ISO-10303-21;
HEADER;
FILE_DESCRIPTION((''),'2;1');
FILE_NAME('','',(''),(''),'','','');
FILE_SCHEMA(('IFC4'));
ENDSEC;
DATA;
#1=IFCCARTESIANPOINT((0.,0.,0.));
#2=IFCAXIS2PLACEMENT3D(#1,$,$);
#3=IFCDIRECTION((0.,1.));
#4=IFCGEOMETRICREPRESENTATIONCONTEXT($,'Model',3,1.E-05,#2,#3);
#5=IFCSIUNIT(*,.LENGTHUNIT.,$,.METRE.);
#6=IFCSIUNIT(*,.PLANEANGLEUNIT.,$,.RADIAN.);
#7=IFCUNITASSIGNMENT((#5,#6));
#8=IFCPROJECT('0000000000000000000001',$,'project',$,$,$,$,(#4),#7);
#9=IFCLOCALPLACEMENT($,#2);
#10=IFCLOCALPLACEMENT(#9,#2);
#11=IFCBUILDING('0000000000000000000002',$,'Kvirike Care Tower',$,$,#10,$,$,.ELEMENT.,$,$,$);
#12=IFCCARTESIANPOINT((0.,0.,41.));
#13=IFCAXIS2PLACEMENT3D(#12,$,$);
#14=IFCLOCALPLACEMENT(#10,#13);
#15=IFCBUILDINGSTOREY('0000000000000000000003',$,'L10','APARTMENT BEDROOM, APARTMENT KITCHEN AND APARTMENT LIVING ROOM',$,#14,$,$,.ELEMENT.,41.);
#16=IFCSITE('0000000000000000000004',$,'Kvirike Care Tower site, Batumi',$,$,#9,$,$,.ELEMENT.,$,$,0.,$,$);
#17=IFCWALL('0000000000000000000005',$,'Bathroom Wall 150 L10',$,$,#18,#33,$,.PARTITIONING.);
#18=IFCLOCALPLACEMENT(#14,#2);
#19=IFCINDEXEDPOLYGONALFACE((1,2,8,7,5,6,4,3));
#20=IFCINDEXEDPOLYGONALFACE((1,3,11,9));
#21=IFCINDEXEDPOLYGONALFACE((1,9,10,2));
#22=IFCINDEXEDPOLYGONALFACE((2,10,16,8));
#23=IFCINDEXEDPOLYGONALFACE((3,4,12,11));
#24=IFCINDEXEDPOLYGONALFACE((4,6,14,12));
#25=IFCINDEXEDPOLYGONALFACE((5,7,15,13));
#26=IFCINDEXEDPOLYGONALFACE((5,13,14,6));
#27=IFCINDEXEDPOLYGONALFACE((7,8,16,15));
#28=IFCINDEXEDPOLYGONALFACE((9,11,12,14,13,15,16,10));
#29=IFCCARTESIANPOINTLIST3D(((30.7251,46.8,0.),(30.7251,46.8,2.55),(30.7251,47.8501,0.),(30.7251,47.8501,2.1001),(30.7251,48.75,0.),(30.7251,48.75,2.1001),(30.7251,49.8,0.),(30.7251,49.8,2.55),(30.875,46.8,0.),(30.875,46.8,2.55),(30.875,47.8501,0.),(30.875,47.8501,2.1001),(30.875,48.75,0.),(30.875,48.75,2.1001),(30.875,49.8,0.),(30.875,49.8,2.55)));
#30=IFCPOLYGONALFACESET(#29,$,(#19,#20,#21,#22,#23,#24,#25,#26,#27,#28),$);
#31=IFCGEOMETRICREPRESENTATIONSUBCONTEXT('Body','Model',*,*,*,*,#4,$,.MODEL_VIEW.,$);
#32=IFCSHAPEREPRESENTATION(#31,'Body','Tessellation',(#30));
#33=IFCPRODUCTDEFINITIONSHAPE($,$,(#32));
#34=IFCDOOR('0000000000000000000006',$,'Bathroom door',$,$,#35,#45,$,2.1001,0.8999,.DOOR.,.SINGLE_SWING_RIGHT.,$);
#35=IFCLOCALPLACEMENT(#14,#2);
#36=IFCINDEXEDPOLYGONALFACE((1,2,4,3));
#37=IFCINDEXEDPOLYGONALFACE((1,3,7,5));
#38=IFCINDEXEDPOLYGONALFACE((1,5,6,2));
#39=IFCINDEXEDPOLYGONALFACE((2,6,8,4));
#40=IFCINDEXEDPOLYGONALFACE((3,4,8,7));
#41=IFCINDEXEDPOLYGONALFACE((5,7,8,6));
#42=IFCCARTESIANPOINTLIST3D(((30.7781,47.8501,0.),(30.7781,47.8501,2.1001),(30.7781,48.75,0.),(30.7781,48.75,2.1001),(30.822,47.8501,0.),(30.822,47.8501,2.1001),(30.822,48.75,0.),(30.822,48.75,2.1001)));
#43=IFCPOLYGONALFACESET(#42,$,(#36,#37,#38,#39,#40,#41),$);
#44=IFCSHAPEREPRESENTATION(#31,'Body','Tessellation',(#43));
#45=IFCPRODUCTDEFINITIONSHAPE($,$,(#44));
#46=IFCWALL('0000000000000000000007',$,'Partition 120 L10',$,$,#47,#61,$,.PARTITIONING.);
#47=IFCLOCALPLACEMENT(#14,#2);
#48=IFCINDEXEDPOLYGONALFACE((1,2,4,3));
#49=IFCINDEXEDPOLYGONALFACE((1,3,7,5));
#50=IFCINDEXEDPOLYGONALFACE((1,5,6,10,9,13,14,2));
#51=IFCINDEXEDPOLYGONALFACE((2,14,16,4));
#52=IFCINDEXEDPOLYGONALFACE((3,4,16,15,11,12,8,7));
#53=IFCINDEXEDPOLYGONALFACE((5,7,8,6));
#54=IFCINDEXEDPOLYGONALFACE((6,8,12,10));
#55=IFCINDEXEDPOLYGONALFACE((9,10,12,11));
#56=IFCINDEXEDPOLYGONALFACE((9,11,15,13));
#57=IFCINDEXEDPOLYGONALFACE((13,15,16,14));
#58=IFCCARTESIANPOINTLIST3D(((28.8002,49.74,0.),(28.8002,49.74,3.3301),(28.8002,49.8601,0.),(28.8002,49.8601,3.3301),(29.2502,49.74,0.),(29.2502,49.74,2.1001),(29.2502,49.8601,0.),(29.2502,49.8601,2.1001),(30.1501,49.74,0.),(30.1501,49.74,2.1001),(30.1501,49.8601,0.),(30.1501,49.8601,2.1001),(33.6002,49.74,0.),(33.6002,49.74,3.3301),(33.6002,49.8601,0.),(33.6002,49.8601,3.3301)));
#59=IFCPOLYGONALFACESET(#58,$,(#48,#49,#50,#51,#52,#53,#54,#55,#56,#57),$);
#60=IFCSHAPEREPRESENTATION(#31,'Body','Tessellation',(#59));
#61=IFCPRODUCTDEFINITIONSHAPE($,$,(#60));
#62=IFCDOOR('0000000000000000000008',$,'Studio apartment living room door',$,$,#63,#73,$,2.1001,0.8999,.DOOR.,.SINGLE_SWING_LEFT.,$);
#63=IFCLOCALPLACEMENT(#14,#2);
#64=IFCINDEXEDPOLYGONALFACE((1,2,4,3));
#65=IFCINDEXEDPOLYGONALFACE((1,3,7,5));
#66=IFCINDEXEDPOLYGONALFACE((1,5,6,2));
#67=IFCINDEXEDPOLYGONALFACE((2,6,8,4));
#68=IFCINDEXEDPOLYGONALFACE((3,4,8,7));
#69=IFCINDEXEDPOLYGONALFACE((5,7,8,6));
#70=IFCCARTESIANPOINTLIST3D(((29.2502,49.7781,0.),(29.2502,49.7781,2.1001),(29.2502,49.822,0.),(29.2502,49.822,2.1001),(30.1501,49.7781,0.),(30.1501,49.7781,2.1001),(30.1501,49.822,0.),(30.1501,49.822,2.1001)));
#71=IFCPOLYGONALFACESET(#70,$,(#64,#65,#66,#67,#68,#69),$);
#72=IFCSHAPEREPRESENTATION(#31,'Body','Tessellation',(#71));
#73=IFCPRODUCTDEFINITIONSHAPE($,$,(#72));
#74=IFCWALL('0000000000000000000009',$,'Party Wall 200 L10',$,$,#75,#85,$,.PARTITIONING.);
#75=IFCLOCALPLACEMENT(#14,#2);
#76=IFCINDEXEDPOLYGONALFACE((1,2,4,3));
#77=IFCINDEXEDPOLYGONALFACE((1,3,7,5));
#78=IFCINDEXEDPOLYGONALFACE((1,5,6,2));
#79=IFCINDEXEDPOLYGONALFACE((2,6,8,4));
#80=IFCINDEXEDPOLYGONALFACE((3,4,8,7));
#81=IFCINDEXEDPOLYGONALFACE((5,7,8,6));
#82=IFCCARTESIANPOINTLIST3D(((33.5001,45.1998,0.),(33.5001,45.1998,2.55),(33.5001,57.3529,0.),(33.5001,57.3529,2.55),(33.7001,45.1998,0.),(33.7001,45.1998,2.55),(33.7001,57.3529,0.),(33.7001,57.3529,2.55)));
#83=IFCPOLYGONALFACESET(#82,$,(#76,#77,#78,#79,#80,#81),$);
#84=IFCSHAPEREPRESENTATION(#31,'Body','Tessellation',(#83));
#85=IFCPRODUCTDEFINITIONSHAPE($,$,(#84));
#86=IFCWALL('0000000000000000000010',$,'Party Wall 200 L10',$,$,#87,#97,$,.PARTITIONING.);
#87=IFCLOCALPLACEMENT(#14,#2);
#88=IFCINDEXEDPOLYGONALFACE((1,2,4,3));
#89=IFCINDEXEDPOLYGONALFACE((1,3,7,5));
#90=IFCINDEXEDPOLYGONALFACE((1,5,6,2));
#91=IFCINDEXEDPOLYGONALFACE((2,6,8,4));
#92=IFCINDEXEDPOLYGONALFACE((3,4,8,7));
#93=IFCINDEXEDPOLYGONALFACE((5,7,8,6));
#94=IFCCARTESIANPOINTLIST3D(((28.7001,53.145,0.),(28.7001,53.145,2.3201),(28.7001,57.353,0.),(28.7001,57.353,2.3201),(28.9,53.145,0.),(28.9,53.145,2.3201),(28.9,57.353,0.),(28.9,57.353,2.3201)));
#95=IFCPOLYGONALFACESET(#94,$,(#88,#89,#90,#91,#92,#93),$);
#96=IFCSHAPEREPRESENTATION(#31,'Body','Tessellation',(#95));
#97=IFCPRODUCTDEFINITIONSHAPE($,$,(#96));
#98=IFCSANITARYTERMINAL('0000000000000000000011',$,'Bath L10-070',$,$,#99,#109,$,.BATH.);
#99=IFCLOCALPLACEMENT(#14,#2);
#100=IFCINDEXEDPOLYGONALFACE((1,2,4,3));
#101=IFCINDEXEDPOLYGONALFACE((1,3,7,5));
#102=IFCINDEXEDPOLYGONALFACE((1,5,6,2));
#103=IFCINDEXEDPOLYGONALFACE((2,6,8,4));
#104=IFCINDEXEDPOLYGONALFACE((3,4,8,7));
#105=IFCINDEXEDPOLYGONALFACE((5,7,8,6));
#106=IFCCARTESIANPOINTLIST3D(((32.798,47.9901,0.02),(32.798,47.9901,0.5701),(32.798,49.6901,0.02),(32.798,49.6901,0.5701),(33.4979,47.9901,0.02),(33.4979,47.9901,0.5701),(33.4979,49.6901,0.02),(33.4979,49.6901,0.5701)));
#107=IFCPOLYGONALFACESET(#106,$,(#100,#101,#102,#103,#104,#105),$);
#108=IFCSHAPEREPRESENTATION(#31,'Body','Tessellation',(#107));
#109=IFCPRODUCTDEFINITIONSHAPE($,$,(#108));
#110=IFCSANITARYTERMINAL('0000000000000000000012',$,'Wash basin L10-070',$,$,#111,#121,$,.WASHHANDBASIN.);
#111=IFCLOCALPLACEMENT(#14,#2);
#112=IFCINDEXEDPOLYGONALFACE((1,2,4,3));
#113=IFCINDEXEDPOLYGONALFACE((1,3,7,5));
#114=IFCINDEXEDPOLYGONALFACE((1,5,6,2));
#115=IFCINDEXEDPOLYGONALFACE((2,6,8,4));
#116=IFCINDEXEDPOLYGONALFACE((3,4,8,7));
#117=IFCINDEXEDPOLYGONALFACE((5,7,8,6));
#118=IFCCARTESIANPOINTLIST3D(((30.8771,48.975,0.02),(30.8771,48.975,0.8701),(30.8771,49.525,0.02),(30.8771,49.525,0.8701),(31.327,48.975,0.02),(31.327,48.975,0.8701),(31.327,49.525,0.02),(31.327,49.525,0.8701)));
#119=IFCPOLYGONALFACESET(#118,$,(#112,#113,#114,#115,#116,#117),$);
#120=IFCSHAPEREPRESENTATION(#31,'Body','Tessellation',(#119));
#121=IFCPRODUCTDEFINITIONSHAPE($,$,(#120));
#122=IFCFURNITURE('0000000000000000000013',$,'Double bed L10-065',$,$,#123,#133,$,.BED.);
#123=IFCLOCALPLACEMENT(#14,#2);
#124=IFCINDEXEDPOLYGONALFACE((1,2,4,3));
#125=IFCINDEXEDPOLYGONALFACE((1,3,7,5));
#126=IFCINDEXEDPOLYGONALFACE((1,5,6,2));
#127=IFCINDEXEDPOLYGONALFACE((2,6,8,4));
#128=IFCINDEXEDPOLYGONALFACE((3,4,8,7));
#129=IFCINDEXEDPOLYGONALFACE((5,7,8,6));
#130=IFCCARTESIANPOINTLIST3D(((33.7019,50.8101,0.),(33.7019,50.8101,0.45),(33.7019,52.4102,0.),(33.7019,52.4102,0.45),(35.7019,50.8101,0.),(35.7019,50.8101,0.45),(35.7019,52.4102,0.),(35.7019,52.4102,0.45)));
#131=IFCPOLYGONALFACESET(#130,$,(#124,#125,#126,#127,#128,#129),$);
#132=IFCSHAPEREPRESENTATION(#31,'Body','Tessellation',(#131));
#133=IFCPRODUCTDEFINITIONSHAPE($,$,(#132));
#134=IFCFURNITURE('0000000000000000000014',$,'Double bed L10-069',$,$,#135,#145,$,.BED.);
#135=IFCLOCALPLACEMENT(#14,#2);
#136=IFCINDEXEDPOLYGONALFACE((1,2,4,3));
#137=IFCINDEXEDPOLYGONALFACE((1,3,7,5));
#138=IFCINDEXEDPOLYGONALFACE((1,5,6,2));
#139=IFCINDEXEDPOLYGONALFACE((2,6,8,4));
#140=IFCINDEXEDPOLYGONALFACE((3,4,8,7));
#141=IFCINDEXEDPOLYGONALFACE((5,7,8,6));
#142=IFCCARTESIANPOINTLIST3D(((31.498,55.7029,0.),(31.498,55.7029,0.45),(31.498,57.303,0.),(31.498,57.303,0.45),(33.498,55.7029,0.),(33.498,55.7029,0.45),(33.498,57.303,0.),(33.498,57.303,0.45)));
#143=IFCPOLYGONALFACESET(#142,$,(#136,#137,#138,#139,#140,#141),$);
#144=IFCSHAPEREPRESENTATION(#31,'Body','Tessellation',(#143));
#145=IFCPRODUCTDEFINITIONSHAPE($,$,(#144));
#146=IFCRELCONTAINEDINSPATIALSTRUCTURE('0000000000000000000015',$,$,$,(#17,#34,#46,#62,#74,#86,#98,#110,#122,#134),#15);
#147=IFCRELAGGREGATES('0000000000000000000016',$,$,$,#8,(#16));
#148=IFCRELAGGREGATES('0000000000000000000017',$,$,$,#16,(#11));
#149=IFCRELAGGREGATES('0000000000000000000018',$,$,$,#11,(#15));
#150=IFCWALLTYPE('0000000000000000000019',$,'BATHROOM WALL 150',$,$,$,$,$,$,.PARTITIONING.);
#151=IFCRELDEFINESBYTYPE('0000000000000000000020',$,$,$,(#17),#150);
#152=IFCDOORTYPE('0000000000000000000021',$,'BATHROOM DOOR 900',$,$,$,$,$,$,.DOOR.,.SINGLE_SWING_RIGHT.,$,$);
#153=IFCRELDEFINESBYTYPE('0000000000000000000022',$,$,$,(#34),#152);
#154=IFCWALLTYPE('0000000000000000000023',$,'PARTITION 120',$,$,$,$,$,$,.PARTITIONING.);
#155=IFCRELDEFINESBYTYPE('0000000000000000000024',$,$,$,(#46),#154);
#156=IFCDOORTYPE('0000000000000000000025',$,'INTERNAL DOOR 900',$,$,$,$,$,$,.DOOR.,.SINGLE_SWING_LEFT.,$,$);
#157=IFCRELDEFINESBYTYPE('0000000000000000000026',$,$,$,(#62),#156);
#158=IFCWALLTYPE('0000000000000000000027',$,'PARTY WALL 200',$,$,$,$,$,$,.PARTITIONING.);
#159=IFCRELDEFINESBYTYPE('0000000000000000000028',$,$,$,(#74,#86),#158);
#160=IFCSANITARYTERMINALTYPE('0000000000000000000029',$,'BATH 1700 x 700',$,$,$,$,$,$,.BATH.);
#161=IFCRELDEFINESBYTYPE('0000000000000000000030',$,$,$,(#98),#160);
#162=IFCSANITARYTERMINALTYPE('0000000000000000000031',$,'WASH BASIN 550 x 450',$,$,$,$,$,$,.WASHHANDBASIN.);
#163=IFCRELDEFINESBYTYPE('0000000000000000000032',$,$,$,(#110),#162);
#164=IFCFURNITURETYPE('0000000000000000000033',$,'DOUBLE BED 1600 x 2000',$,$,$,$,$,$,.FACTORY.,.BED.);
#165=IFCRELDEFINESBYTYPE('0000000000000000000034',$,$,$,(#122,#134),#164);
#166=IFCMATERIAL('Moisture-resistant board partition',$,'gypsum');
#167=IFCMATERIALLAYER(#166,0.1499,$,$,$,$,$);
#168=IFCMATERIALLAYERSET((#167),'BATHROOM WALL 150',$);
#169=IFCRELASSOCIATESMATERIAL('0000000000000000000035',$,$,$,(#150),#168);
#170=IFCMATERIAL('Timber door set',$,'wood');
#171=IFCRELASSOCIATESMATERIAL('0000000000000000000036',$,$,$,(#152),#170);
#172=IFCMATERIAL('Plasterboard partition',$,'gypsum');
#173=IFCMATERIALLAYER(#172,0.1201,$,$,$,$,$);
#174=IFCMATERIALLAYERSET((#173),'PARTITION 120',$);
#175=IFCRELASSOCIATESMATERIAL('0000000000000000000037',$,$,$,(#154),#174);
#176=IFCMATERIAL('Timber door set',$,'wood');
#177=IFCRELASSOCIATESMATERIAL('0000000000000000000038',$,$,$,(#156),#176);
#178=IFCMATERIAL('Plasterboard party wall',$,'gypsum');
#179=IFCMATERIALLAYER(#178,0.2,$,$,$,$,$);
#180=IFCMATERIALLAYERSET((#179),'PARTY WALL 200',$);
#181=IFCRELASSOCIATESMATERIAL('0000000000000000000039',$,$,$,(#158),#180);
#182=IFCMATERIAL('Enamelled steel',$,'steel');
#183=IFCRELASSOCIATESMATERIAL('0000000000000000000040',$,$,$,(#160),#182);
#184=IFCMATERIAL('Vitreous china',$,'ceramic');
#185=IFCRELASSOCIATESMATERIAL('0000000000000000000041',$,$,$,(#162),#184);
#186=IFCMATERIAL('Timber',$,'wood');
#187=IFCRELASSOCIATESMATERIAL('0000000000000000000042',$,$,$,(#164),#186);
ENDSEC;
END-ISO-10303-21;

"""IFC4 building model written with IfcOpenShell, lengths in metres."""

from ifc_helpers import new_model, si_unit, direction, frame, frame_2d, origin, origin_2d, place, context, subcontext, project, spatial, rectangle, extrude, material, layer, layer_set, type_object, element, fill, save


model = new_model("IFC4")

# Units and contexts
model_context = context("Model", 3, precision=1e-05, world=origin(), true_north=direction((0.0, 1.0)))
body_context = subcontext(model_context, "Body", "Model", "MODEL_VIEW")
ifc_project = project(units=[si_unit("LENGTHUNIT", "METRE"), si_unit("PLANEANGLEUNIT", "RADIAN")], contexts=[model_context])

# Site, building, storey
site_placement = place(None, origin())
site = spatial("IfcSite", under=ifc_project, at=site_placement, Name="Kvirike Care Tower site, Batumi", CompositionType="ELEMENT", RefElevation=0.0)
building_placement = place(site_placement, origin())
building = spatial("IfcBuilding", under=site, at=building_placement, Name="Kvirike Care Tower", CompositionType="ELEMENT")
storey_placement = place(building_placement, frame((0.0, 0.0, 41.0)))
storey = spatial("IfcBuildingStorey", under=building, at=storey_placement, Name="L10", Description="APARTMENT BEDROOM, APARTMENT KITCHEN AND APARTMENT LIVING ROOM", CompositionType="ELEMENT", Elevation=41.0)

# Walls, openings, doors
ifc_material_1 = material(Name="Moisture-resistant board partition", Category="gypsum")
ifc_layer_1 = layer(ifc_material_1, 0.1499)
ifc_layer_set_1 = layer_set([ifc_layer_1], Name="BATHROOM WALL 150")
wall_type_1 = type_object("IfcWallType", Name="BATHROOM WALL 150", PredefinedType="PARTITIONING", material=ifc_layer_set_1)
wall_1_placement = place(storey_placement, frame((30.8, 49.8, 0.0), z_axis=(0.0, 0.0, 1.0), x_axis=(0.0, -1.0, 0.0)))
wall_1 = element("IfcWall", 1, at=wall_1_placement, inside=storey, type_object=wall_type_1, Name="Bathroom Wall 150 L10", PredefinedType="PARTITIONING", context=body_context, shape_type="SweptSolid", body=[
    extrude(rectangle(XDim=3.0, YDim=0.1499, at=frame_2d((1.5, 0.0))), origin(), (0.0, 0.0, 1.0), 2.55),
])
opening_1_placement = place(wall_1_placement, frame((1.05, 0.0, 0.0)))
opening_1 = element("IfcOpeningElement", 2, at=opening_1_placement, cuts=wall_1, PredefinedType="OPENING", context=body_context, shape_type="SweptSolid", body=[
    extrude(rectangle(XDim=0.8999, YDim=2.1001, at=frame_2d((0.45, 1.05))), frame((0.0, 0.0854, 0.0), z_axis=(0.0, -1.0, 0.0), x_axis=(1.0, 0.0, 0.0)), (0.0, 0.0, 1.0), 0.1709),
])
ifc_material_2 = material(Name="Timber door set", Category="wood")
door_type_1 = type_object("IfcDoorType", Name="BATHROOM DOOR 900", OperationType="SINGLE_SWING_RIGHT", PredefinedType="DOOR", material=ifc_material_2)
door_1_placement = place(opening_1_placement, origin())
door_1 = element("IfcDoor", 3, at=door_1_placement, inside=storey, type_object=door_type_1, Name="Bathroom door", OperationType="SINGLE_SWING_RIGHT", OverallHeight=2.1001, OverallWidth=0.8999, PredefinedType="DOOR", context=body_context, shape_type="SweptSolid", body=[
    extrude(rectangle(XDim=0.8999, YDim=2.1001, at=frame_2d((0.45, 1.05))), frame((0.0, 0.022, 0.0), z_axis=(0.0, -1.0, 0.0), x_axis=(1.0, 0.0, 0.0)), (0.0, 0.0, 1.0), 0.0439),
])
fill(opening_1, door_1)
ifc_material_3 = material(Name="Plasterboard partition", Category="gypsum")
ifc_layer_2 = layer(ifc_material_3, 0.1201)
ifc_layer_set_2 = layer_set([ifc_layer_2], Name="PARTITION 120")
wall_type_2 = type_object("IfcWallType", Name="PARTITION 120", PredefinedType="PARTITIONING", material=ifc_layer_set_2)
wall_2_placement = place(storey_placement, frame((33.6001, 49.8, 0.0), z_axis=(0.0, 0.0, 1.0), x_axis=(-1.0, 0.0, 0.0)))
wall_2 = element("IfcWall", 4, at=wall_2_placement, inside=storey, type_object=wall_type_2, Name="Partition 120 L10", PredefinedType="PARTITIONING", context=body_context, shape_type="SweptSolid", body=[
    extrude(rectangle(XDim=4.8, YDim=0.1201, at=frame_2d((2.3999, 0.0))), origin(), (0.0, 0.0, 1.0), 3.3301),
])
opening_2_placement = place(wall_2_placement, frame((3.45, 0.0, 0.0)))
opening_2 = element("IfcOpeningElement", 5, at=opening_2_placement, cuts=wall_2, PredefinedType="OPENING", context=body_context, shape_type="SweptSolid", body=[
    extrude(rectangle(XDim=0.8999, YDim=2.1001, at=frame_2d((0.45, 1.05))), frame((0.0, 0.0706, 0.0), z_axis=(0.0, -1.0, 0.0), x_axis=(1.0, 0.0, 0.0)), (0.0, 0.0, 1.0), 0.1411),
])
ifc_material_4 = material(Name="Timber door set", Category="wood")
door_type_2 = type_object("IfcDoorType", Name="INTERNAL DOOR 900", OperationType="SINGLE_SWING_LEFT", PredefinedType="DOOR", material=ifc_material_4)
door_2_placement = place(opening_2_placement, origin())
door_2 = element("IfcDoor", 6, at=door_2_placement, inside=storey, type_object=door_type_2, Name="Studio apartment living room door", OperationType="SINGLE_SWING_LEFT", OverallHeight=2.1001, OverallWidth=0.8999, PredefinedType="DOOR", context=body_context, shape_type="SweptSolid", body=[
    extrude(rectangle(XDim=0.8999, YDim=2.1001, at=frame_2d((0.45, 1.05))), frame((0.0, 0.022, 0.0), z_axis=(0.0, -1.0, 0.0), x_axis=(1.0, 0.0, 0.0)), (0.0, 0.0, 1.0), 0.0439),
])
fill(opening_2, door_2)

# Walls
ifc_material_5 = material(Name="Plasterboard party wall", Category="gypsum")
ifc_layer_3 = layer(ifc_material_5, 0.2)
ifc_layer_set_3 = layer_set([ifc_layer_3], Name="PARTY WALL 200")
wall_type_3 = type_object("IfcWallType", Name="PARTY WALL 200", PredefinedType="PARTITIONING", material=ifc_layer_set_3)
wall_3_placement = place(storey_placement, frame((33.6001, 57.353, 0.0), z_axis=(0.0, 0.0, 1.0), x_axis=(0.0, -1.0, 0.0)))
element("IfcWall", 7, at=wall_3_placement, inside=storey, type_object=wall_type_3, Name="Party Wall 200 L10", PredefinedType="PARTITIONING", context=body_context, shape_type="SweptSolid", body=[
    extrude(rectangle(XDim=12.1531, YDim=0.2, at=frame_2d((6.0767, 0.0))), origin(), (0.0, 0.0, 1.0), 2.55),
])
wall_4_placement = place(storey_placement, frame((28.8, 53.145, 0.0), z_axis=(0.0, 0.0, 1.0), x_axis=(0.0, 1.0, 0.0)))
element("IfcWall", 8, at=wall_4_placement, inside=storey, type_object=wall_type_3, Name="Party Wall 200 L10", PredefinedType="PARTITIONING", context=body_context, shape_type="SweptSolid", body=[
    extrude(rectangle(XDim=4.208, YDim=0.2, at=frame_2d((2.104, 0.0))), origin(), (0.0, 0.0, 1.0), 2.3201),
])

# Sanitary terminals
ifc_material_6 = material(Name="Enamelled steel", Category="steel")
sanitary_terminal_type_1 = type_object("IfcSanitaryTerminalType", Name="BATH 1700 x 700", PredefinedType="BATH", material=ifc_material_6)
sanitary_terminal_1_placement = place(storey_placement, frame((33.1479, 48.8401, 0.02), z_axis=(0.0, 0.0, 1.0), x_axis=(0.0, -1.0, 0.0)))
element("IfcSanitaryTerminal", 9, at=sanitary_terminal_1_placement, inside=storey, type_object=sanitary_terminal_type_1, Name="Bath L10-070", PredefinedType="BATH", context=body_context, shape_type="SweptSolid", body=[
    extrude(rectangle(XDim=1.7, YDim=0.7, at=origin_2d()), origin(), (0.0, 0.0, 1.0), 0.55),
])
ifc_material_7 = material(Name="Vitreous china", Category="ceramic")
sanitary_terminal_type_2 = type_object("IfcSanitaryTerminalType", Name="WASH BASIN 550 x 450", PredefinedType="WASHHANDBASIN", material=ifc_material_7)
sanitary_terminal_2_placement = place(storey_placement, frame((31.1021, 49.25, 0.02), z_axis=(0.0, 0.0, 1.0), x_axis=(0.0, 1.0, 0.0)))
element("IfcSanitaryTerminal", 10, at=sanitary_terminal_2_placement, inside=storey, type_object=sanitary_terminal_type_2, Name="Wash basin L10-070", PredefinedType="WASHHANDBASIN", context=body_context, shape_type="SweptSolid", body=[
    extrude(rectangle(XDim=0.55, YDim=0.45, at=origin_2d()), origin(), (0.0, 0.0, 1.0), 0.8501),
])

# Furniture
ifc_material_8 = material(Name="Timber", Category="wood")
furniture_type = type_object("IfcFurnitureType", Name="DOUBLE BED 1600 x 2000", AssemblyPlace="FACTORY", PredefinedType="BED", material=ifc_material_8)
for number, where, z_axis, x_axis, name in (
    (11, (34.7019, 51.6101, 0.0), (0.0, 0.0, 1.0), (0.0, 1.0, 0.0), "Double bed L10-065"),
    (12, (32.498, 56.5029, 0.0), (0.0, 0.0, 1.0), (0.0, -1.0, 0.0), "Double bed L10-069"),
):
    element("IfcFurniture", number, at=place(storey_placement, frame(where, z_axis=z_axis, x_axis=x_axis)), inside=storey, type_object=furniture_type, Name=name, PredefinedType="BED", context=body_context, shape_type="SweptSolid", body=[
        extrude(rectangle(XDim=1.6001, YDim=2.0, at=origin_2d()), origin(), (0.0, 0.0, 1.0), 0.45),
    ])

save(model, "model.ifc")
